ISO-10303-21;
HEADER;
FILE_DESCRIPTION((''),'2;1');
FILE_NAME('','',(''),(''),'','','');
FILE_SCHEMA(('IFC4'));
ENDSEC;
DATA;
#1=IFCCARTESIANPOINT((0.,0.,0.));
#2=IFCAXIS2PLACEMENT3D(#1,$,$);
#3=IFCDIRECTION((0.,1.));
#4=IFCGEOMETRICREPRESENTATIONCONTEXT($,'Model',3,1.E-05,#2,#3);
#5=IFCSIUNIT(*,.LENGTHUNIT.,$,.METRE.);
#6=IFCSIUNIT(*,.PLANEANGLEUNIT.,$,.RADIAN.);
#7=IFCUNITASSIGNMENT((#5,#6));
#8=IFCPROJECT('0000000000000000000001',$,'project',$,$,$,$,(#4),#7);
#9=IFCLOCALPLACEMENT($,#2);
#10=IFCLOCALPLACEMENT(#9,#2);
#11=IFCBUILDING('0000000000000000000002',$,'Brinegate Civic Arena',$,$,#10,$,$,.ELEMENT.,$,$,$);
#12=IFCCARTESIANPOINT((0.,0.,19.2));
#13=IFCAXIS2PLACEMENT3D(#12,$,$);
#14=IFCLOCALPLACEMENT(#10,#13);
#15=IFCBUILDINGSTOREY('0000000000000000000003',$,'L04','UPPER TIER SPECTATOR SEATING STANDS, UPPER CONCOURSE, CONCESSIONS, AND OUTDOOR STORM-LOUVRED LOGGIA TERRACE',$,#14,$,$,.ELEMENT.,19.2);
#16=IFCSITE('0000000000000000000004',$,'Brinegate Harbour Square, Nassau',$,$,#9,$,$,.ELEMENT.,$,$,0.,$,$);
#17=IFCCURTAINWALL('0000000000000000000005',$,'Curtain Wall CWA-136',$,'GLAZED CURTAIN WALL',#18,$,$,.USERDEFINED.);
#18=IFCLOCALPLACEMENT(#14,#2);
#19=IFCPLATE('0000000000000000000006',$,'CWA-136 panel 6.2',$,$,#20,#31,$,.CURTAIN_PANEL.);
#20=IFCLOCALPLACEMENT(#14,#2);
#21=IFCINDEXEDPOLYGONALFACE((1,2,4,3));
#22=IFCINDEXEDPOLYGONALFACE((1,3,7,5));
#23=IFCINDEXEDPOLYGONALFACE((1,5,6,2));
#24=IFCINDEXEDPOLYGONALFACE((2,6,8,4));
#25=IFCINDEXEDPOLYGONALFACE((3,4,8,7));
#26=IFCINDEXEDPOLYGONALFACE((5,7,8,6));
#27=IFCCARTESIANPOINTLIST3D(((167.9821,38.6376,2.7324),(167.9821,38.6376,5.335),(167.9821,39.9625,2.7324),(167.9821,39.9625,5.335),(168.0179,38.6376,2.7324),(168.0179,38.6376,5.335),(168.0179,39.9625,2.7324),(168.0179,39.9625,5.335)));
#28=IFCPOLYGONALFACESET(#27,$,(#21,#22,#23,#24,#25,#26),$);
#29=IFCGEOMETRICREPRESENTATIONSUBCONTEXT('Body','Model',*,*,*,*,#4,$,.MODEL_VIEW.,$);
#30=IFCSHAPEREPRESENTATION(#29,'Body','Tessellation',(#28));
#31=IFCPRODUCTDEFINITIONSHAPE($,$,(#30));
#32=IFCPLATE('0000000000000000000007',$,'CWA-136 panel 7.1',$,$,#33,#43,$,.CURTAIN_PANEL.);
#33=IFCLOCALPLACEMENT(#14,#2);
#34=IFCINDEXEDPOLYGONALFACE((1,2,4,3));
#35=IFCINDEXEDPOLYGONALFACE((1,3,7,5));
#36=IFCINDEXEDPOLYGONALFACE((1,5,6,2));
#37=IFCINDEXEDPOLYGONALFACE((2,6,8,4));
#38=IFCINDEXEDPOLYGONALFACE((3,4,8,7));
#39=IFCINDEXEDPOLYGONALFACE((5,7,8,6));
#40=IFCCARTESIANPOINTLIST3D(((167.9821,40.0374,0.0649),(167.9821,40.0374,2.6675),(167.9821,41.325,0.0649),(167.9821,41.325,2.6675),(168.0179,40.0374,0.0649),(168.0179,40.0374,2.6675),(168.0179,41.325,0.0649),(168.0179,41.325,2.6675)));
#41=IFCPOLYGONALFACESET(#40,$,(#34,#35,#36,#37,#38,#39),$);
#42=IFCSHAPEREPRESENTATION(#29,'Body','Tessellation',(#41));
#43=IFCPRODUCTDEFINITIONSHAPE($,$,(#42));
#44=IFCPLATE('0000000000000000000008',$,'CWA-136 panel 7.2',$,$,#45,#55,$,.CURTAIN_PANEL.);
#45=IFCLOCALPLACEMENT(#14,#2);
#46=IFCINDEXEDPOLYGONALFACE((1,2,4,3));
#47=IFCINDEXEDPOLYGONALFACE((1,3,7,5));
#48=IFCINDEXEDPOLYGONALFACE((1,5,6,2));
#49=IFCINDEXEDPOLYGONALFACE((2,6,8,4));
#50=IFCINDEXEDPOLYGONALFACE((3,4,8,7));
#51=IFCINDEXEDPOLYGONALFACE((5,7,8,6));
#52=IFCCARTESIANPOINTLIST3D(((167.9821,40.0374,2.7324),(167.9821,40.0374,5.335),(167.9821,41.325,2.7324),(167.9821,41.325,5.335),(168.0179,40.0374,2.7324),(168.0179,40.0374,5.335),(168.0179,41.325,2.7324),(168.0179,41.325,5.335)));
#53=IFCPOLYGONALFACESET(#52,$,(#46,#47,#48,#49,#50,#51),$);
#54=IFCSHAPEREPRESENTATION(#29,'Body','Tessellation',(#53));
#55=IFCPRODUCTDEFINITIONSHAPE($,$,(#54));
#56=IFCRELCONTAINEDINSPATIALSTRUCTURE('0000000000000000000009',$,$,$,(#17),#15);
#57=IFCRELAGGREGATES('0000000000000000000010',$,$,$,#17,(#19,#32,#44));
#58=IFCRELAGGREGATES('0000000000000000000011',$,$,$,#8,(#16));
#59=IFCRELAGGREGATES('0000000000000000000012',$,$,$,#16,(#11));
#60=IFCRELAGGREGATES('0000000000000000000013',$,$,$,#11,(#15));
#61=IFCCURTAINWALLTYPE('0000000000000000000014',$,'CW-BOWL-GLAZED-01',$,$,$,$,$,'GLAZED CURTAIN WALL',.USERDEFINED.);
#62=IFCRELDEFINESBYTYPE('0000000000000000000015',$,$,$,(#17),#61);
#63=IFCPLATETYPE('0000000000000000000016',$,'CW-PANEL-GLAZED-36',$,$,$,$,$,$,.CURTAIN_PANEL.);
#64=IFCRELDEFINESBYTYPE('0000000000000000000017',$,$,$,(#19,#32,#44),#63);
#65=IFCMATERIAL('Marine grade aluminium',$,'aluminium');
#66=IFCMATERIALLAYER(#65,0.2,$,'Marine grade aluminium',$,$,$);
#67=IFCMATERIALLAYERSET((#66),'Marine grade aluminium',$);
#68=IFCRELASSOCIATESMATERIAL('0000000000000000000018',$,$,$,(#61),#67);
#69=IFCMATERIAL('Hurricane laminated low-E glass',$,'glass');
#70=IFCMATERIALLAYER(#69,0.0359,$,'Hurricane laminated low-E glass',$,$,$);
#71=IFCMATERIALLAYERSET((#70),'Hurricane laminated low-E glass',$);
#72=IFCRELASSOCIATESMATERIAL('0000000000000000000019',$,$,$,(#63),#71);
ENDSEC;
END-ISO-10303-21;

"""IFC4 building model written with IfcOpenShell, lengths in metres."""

from ifc_helpers import new_model, si_unit, direction, frame, origin, origin_2d, place, context, subcontext, project, spatial, rectangle, extrude, material, layer, layer_set, type_object, element, aggregate, save


model = new_model("IFC4")

# Units and contexts
model_context = context("Model", 3, precision=1e-05, world=origin(), true_north=direction((0.0, 1.0)))
body_context = subcontext(model_context, "Body", "Model", "MODEL_VIEW")
ifc_project = project(units=[si_unit("LENGTHUNIT", "METRE"), si_unit("PLANEANGLEUNIT", "RADIAN")], contexts=[model_context])

# Site, building, storey
site_placement = place(None, origin())
site = spatial("IfcSite", under=ifc_project, at=site_placement, Name="Brinegate Harbour Square, Nassau", CompositionType="ELEMENT", RefElevation=0.0)
building_placement = place(site_placement, origin())
building = spatial("IfcBuilding", under=site, at=building_placement, Name="Brinegate Civic Arena", CompositionType="ELEMENT")
storey_placement = place(building_placement, frame((0.0, 0.0, 19.2)))
storey = spatial("IfcBuildingStorey", under=building, at=storey_placement, Name="L04", Description="UPPER TIER SPECTATOR SEATING STANDS, UPPER CONCOURSE, CONCESSIONS, AND OUTDOOR STORM-LOUVRED LOGGIA TERRACE", CompositionType="ELEMENT", Elevation=19.2)

# Curtain wall
ifc_material_1 = material(Name="Marine grade aluminium", Category="aluminium")
ifc_layer_1 = layer(ifc_material_1, 0.2, Name="Marine grade aluminium")
ifc_layer_set_1 = layer_set([ifc_layer_1], Name="Marine grade aluminium")
curtain_wall_type = type_object("IfcCurtainWallType", Name="CW-BOWL-GLAZED-01", ElementType="GLAZED CURTAIN WALL", PredefinedType="USERDEFINED", material=ifc_layer_set_1)
curtain_wall_placement = place(storey_placement, origin())
curtain_wall = element("IfcCurtainWall", 1, at=curtain_wall_placement, inside=storey, type_object=curtain_wall_type, Name="Curtain Wall CWA-136", ObjectType="GLAZED CURTAIN WALL", PredefinedType="USERDEFINED")

# Plates
ifc_material_2 = material(Name="Hurricane laminated low-E glass", Category="glass")
ifc_layer_2 = layer(ifc_material_2, 0.0359, Name="Hurricane laminated low-E glass")
ifc_layer_set_2 = layer_set([ifc_layer_2], Name="Hurricane laminated low-E glass")
plate_type = type_object("IfcPlateType", Name="CW-PANEL-GLAZED-36", PredefinedType="CURTAIN_PANEL", material=ifc_layer_set_2)
plate_1_placement = place(storey_placement, frame((168.0, 39.3, 2.7324), z_axis=(0.0, 0.0, 1.0), x_axis=(0.0, 1.0, 0.0)))
plate_1 = element("IfcPlate", 2, at=plate_1_placement, type_object=plate_type, Name="CWA-136 panel 6.2", PredefinedType="CURTAIN_PANEL", context=body_context, shape_type="SweptSolid", body=[
    extrude(rectangle(XDim=1.325, YDim=0.0359, at=origin_2d()), origin(), (0.0, 0.0, 1.0), 2.6025),
])
plate_2_placement = place(storey_placement, frame((168.0, 40.6812, 0.0649), z_axis=(0.0, 0.0, 1.0), x_axis=(0.0, 1.0, 0.0)))
plate_2 = element("IfcPlate", 3, at=plate_2_placement, type_object=plate_type, Name="CWA-136 panel 7.1", PredefinedType="CURTAIN_PANEL", context=body_context, shape_type="SweptSolid", body=[
    extrude(rectangle(XDim=1.2876, YDim=0.0359, at=origin_2d()), origin(), (0.0, 0.0, 1.0), 2.6025),
])
plate_3_placement = place(storey_placement, frame((168.0, 40.6812, 2.7324), z_axis=(0.0, 0.0, 1.0), x_axis=(0.0, 1.0, 0.0)))
plate_3 = element("IfcPlate", 4, at=plate_3_placement, type_object=plate_type, Name="CWA-136 panel 7.2", PredefinedType="CURTAIN_PANEL", context=body_context, shape_type="SweptSolid", body=[
    extrude(rectangle(XDim=1.2876, YDim=0.0359, at=origin_2d()), origin(), (0.0, 0.0, 1.0), 2.6025),
])
aggregate(curtain_wall, [plate_1, plate_2, plate_3])

save(model, "model.ifc")
